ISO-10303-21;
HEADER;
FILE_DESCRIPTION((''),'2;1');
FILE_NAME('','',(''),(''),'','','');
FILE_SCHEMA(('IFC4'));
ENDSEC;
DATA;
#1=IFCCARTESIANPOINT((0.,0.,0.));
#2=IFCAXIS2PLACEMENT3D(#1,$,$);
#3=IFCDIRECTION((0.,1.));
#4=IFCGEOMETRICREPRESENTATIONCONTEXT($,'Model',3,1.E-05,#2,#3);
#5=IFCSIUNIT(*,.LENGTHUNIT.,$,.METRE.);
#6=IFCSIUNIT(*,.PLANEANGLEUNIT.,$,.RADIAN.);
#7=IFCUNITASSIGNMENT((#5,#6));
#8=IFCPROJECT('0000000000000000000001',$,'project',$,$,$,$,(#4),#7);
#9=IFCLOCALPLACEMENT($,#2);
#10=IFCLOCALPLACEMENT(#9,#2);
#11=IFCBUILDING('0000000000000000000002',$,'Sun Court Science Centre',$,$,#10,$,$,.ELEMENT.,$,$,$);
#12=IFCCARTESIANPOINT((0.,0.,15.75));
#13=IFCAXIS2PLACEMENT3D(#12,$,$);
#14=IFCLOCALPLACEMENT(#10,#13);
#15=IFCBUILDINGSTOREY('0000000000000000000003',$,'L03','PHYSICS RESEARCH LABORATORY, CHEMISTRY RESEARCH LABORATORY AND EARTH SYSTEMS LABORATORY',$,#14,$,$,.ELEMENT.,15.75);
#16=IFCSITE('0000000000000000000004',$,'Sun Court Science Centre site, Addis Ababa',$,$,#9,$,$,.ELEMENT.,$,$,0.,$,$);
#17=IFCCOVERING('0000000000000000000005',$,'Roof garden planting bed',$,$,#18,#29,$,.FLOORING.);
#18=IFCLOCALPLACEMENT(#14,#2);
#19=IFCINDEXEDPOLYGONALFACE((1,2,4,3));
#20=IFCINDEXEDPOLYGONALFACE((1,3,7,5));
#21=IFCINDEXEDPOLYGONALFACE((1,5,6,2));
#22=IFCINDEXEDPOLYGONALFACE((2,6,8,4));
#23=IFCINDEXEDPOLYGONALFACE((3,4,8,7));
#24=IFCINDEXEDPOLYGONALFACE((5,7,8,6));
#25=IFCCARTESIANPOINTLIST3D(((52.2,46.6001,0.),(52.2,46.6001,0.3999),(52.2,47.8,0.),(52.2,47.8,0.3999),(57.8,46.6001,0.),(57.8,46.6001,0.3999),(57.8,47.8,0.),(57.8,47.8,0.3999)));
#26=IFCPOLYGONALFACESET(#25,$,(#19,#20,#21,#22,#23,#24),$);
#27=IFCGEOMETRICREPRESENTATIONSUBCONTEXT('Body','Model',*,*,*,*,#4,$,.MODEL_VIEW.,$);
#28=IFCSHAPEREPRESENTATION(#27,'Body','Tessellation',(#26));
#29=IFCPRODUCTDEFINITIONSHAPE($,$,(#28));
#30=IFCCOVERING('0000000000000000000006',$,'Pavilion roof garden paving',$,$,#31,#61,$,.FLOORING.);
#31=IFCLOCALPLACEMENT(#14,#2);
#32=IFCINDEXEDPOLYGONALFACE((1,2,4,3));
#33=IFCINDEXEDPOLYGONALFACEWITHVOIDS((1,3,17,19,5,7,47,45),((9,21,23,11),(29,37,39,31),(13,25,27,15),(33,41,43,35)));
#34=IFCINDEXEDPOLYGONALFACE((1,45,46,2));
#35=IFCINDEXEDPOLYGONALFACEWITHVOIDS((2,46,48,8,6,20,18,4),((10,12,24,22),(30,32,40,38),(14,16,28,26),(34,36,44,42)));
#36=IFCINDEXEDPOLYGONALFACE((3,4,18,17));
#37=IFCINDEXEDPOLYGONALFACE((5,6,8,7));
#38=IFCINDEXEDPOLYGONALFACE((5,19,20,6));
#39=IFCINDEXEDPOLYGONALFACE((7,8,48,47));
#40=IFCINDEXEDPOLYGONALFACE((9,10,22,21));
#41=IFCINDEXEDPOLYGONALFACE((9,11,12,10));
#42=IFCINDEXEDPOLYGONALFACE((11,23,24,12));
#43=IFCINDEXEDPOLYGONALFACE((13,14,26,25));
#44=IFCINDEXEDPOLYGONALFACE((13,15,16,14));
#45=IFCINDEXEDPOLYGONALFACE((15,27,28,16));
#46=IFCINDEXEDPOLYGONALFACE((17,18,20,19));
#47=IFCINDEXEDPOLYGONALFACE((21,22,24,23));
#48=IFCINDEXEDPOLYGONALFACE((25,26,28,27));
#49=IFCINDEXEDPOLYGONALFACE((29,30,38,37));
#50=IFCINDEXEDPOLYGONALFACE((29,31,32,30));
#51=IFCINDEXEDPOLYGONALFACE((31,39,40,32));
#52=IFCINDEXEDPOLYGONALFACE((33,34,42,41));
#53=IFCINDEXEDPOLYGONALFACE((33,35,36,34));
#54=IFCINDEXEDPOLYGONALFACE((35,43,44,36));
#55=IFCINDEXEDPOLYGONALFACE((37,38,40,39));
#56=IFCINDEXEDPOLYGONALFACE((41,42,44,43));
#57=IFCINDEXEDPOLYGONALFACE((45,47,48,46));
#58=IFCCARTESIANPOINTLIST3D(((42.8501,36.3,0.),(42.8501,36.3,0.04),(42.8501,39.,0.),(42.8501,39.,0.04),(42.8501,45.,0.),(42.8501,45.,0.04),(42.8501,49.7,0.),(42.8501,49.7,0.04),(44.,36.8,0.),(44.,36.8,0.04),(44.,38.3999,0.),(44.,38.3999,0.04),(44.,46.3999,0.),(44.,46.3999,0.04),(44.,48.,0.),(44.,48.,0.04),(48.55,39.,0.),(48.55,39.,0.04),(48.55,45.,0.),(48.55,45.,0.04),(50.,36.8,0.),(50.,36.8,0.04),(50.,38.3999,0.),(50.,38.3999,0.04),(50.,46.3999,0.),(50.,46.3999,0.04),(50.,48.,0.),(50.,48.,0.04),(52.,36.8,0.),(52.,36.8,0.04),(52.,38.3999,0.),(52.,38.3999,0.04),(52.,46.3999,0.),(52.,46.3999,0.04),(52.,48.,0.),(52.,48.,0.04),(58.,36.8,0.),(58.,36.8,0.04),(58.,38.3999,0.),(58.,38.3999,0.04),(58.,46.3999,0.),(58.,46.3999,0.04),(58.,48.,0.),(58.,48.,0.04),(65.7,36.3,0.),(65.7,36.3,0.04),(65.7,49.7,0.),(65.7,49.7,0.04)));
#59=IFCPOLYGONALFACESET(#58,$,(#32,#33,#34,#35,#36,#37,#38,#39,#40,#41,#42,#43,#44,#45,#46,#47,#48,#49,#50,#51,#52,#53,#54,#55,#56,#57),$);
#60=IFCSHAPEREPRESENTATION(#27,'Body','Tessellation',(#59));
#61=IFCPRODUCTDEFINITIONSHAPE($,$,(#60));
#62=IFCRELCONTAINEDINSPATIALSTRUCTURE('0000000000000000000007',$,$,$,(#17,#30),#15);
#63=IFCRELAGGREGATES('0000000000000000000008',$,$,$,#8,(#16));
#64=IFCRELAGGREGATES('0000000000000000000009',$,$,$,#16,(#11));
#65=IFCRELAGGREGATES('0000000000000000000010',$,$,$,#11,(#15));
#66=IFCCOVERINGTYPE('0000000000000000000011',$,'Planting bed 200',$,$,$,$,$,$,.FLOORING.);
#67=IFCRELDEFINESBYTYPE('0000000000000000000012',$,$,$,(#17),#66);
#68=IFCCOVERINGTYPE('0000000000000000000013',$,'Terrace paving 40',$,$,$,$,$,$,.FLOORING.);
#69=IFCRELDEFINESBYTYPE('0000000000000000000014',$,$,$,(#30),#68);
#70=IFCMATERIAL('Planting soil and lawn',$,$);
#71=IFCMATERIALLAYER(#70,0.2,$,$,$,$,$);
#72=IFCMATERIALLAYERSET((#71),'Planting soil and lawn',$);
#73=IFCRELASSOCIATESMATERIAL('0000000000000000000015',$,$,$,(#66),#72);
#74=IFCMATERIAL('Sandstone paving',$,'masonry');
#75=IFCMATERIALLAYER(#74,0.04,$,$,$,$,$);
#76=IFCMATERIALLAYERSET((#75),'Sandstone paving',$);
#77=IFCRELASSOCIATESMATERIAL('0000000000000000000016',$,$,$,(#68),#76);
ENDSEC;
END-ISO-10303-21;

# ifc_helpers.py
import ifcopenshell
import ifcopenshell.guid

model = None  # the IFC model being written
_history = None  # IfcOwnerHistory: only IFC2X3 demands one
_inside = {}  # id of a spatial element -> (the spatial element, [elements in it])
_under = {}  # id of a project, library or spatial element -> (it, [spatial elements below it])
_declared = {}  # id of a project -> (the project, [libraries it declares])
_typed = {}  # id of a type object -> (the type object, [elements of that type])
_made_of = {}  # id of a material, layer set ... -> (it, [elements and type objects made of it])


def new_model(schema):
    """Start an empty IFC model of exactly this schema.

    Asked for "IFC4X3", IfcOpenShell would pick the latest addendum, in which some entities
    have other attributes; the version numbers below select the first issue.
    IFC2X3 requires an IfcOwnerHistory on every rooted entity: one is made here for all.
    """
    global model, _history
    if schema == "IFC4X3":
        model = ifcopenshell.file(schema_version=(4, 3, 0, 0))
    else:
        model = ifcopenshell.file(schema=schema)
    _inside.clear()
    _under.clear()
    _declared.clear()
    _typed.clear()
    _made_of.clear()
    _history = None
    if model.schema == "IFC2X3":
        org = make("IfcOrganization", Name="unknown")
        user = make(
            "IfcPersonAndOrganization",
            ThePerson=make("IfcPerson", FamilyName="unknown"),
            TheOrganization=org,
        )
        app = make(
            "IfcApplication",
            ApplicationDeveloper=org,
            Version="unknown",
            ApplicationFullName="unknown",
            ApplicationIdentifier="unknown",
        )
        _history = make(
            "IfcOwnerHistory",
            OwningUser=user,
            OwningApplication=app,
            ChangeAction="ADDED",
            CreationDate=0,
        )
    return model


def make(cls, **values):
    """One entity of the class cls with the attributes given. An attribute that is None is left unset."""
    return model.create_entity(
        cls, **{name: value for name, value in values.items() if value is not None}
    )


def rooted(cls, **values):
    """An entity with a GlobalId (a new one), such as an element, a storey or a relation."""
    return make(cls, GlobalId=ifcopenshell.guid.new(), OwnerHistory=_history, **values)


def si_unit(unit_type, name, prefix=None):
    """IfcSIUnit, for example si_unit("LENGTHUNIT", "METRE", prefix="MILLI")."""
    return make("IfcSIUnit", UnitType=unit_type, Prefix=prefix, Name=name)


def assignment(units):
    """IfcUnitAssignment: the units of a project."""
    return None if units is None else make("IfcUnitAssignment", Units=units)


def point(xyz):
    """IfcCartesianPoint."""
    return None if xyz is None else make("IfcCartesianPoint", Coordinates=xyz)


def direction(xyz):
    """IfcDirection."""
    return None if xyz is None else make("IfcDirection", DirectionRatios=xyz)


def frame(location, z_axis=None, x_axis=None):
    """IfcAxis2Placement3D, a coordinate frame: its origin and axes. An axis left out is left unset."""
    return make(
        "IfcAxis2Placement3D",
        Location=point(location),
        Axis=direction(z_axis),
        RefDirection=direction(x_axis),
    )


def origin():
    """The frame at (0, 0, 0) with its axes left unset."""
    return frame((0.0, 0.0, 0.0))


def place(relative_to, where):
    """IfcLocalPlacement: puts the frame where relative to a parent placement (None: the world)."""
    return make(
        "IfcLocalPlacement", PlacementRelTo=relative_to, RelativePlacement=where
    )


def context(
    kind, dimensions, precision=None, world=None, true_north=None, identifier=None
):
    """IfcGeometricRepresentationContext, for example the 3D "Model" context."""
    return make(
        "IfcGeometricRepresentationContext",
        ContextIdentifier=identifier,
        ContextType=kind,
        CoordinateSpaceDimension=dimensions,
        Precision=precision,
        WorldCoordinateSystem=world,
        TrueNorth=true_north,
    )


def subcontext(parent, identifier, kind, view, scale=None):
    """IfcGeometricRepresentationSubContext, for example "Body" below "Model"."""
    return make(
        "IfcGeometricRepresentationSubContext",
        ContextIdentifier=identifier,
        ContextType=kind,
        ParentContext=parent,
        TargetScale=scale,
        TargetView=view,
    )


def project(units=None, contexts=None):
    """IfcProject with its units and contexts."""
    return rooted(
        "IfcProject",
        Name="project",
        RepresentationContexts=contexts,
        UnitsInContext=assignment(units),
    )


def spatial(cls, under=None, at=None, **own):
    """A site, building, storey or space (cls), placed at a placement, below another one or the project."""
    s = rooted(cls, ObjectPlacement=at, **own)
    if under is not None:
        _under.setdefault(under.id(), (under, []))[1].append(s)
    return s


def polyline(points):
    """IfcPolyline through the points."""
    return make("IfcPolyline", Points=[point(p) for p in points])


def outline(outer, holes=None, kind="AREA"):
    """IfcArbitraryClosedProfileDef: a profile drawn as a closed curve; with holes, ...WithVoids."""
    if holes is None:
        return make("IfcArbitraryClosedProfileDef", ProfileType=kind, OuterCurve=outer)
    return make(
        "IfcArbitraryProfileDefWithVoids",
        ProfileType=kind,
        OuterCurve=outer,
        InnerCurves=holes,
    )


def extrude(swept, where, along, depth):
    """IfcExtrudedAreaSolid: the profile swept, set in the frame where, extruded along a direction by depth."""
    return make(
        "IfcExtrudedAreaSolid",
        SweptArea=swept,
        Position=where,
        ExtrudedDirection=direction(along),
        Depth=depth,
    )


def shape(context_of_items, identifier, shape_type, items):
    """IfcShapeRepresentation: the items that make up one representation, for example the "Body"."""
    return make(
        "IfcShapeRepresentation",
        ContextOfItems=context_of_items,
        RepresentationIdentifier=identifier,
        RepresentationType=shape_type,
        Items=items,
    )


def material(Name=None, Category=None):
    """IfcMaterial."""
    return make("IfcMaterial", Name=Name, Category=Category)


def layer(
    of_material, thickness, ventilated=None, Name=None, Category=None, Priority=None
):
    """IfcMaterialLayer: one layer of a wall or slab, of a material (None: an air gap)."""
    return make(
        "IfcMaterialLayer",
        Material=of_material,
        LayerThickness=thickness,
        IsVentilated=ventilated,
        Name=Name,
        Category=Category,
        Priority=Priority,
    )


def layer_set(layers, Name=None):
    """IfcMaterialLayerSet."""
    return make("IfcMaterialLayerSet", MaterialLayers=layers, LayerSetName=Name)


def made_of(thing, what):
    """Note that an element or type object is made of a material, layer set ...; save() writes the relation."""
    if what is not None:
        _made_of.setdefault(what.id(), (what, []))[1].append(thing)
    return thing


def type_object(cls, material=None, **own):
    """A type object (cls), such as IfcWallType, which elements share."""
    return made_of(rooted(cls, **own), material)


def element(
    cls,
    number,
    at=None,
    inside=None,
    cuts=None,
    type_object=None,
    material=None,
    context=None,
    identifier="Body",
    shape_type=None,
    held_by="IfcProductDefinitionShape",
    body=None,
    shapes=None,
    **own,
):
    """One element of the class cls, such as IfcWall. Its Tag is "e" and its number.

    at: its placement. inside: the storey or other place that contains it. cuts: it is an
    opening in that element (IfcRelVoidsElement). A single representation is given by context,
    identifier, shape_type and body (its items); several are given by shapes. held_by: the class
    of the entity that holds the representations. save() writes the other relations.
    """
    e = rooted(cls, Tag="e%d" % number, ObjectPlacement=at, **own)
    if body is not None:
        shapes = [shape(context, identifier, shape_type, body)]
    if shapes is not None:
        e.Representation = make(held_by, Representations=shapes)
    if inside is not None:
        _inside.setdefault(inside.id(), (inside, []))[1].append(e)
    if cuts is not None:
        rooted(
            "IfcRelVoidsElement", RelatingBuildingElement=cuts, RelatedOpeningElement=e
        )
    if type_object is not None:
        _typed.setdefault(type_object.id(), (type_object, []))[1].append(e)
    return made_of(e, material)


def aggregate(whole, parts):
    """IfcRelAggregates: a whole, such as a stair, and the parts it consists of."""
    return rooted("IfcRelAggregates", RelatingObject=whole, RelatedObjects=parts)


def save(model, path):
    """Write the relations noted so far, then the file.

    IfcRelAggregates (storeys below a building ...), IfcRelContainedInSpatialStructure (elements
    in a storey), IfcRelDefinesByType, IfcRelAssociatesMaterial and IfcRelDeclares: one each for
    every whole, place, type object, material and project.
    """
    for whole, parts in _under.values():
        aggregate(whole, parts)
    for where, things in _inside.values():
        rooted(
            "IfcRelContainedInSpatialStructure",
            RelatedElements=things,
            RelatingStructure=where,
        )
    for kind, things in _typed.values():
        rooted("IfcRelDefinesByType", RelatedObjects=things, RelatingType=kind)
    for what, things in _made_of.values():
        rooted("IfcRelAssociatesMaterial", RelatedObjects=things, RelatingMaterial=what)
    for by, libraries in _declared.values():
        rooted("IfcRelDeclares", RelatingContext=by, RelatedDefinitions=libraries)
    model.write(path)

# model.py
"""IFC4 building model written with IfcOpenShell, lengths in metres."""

from ifc_helpers import new_model, si_unit, direction, frame, origin, place, context, subcontext, project, spatial, polyline, outline, extrude, material, layer, layer_set, type_object, element, save


model = new_model("IFC4")

# Units and contexts
model_context = context("Model", 3, precision=1e-05, world=origin(), true_north=direction((0.0, 1.0)))
body_context = subcontext(model_context, "Body", "Model", "MODEL_VIEW")
ifc_project = project(units=[si_unit("LENGTHUNIT", "METRE"), si_unit("PLANEANGLEUNIT", "RADIAN")], contexts=[model_context])

# Site, building, storey
site_placement = place(None, origin())
site = spatial("IfcSite", under=ifc_project, at=site_placement, Name="Sun Court Science Centre site, Addis Ababa", CompositionType="ELEMENT", RefElevation=0.0)
building_placement = place(site_placement, origin())
building = spatial("IfcBuilding", under=site, at=building_placement, Name="Sun Court Science Centre", CompositionType="ELEMENT")
storey_placement = place(building_placement, frame((0.0, 0.0, 15.75)))
storey = spatial("IfcBuildingStorey", under=building, at=storey_placement, Name="L03", Description="PHYSICS RESEARCH LABORATORY, CHEMISTRY RESEARCH LABORATORY AND EARTH SYSTEMS LABORATORY", CompositionType="ELEMENT", Elevation=15.75)

# Coverings
ifc_material_1 = material(Name="Planting soil and lawn")
ifc_layer_1 = layer(ifc_material_1, 0.2)
ifc_layer_set_1 = layer_set([ifc_layer_1], Name="Planting soil and lawn")
covering_type_1 = type_object("IfcCoveringType", Name="Planting bed 200", PredefinedType="FLOORING", material=ifc_layer_set_1)
covering_1_placement = place(storey_placement, origin())
element("IfcCovering", 1, at=covering_1_placement, inside=storey, type_object=covering_type_1, Name="Roof garden planting bed", PredefinedType="FLOORING", context=body_context, shape_type="SweptSolid", body=[
    extrude(outline(polyline([(52.2, 46.6001), (57.8, 46.6001), (57.8, 47.8), (52.2, 47.8), (52.2, 46.6001)])), origin(), (0.0, 0.0, 1.0), 0.3999),
])
ifc_material_2 = material(Name="Sandstone paving", Category="masonry")
ifc_layer_2 = layer(ifc_material_2, 0.04)
ifc_layer_set_2 = layer_set([ifc_layer_2], Name="Sandstone paving")
covering_type_2 = type_object("IfcCoveringType", Name="Terrace paving 40", PredefinedType="FLOORING", material=ifc_layer_set_2)
covering_2_placement = place(storey_placement, origin())
element("IfcCovering", 2, at=covering_2_placement, inside=storey, type_object=covering_type_2, Name="Pavilion roof garden paving", PredefinedType="FLOORING", context=body_context, shape_type="SweptSolid", body=[
    extrude(outline(polyline([(65.7, 36.3), (42.8501, 36.3), (42.8501, 39.0), (48.55, 39.0), (48.55, 45.0), (42.8501, 45.0), (42.8501, 49.7), (65.7, 49.7), (65.7, 36.3)]), holes=[polyline([(50.0, 38.3999), (44.0, 38.3999), (44.0, 36.8), (50.0, 36.8), (50.0, 38.3999)]), polyline([(58.0, 38.3999), (52.0, 38.3999), (52.0, 36.8), (58.0, 36.8), (58.0, 38.3999)]), polyline([(50.0, 48.0), (44.0, 48.0), (44.0, 46.3999), (50.0, 46.3999), (50.0, 48.0)]), polyline([(58.0, 48.0), (52.0, 48.0), (52.0, 46.3999), (58.0, 46.3999), (58.0, 48.0)])]), origin(), (0.0, 0.0, 1.0), 0.04),
])

save(model, "model.ifc")
